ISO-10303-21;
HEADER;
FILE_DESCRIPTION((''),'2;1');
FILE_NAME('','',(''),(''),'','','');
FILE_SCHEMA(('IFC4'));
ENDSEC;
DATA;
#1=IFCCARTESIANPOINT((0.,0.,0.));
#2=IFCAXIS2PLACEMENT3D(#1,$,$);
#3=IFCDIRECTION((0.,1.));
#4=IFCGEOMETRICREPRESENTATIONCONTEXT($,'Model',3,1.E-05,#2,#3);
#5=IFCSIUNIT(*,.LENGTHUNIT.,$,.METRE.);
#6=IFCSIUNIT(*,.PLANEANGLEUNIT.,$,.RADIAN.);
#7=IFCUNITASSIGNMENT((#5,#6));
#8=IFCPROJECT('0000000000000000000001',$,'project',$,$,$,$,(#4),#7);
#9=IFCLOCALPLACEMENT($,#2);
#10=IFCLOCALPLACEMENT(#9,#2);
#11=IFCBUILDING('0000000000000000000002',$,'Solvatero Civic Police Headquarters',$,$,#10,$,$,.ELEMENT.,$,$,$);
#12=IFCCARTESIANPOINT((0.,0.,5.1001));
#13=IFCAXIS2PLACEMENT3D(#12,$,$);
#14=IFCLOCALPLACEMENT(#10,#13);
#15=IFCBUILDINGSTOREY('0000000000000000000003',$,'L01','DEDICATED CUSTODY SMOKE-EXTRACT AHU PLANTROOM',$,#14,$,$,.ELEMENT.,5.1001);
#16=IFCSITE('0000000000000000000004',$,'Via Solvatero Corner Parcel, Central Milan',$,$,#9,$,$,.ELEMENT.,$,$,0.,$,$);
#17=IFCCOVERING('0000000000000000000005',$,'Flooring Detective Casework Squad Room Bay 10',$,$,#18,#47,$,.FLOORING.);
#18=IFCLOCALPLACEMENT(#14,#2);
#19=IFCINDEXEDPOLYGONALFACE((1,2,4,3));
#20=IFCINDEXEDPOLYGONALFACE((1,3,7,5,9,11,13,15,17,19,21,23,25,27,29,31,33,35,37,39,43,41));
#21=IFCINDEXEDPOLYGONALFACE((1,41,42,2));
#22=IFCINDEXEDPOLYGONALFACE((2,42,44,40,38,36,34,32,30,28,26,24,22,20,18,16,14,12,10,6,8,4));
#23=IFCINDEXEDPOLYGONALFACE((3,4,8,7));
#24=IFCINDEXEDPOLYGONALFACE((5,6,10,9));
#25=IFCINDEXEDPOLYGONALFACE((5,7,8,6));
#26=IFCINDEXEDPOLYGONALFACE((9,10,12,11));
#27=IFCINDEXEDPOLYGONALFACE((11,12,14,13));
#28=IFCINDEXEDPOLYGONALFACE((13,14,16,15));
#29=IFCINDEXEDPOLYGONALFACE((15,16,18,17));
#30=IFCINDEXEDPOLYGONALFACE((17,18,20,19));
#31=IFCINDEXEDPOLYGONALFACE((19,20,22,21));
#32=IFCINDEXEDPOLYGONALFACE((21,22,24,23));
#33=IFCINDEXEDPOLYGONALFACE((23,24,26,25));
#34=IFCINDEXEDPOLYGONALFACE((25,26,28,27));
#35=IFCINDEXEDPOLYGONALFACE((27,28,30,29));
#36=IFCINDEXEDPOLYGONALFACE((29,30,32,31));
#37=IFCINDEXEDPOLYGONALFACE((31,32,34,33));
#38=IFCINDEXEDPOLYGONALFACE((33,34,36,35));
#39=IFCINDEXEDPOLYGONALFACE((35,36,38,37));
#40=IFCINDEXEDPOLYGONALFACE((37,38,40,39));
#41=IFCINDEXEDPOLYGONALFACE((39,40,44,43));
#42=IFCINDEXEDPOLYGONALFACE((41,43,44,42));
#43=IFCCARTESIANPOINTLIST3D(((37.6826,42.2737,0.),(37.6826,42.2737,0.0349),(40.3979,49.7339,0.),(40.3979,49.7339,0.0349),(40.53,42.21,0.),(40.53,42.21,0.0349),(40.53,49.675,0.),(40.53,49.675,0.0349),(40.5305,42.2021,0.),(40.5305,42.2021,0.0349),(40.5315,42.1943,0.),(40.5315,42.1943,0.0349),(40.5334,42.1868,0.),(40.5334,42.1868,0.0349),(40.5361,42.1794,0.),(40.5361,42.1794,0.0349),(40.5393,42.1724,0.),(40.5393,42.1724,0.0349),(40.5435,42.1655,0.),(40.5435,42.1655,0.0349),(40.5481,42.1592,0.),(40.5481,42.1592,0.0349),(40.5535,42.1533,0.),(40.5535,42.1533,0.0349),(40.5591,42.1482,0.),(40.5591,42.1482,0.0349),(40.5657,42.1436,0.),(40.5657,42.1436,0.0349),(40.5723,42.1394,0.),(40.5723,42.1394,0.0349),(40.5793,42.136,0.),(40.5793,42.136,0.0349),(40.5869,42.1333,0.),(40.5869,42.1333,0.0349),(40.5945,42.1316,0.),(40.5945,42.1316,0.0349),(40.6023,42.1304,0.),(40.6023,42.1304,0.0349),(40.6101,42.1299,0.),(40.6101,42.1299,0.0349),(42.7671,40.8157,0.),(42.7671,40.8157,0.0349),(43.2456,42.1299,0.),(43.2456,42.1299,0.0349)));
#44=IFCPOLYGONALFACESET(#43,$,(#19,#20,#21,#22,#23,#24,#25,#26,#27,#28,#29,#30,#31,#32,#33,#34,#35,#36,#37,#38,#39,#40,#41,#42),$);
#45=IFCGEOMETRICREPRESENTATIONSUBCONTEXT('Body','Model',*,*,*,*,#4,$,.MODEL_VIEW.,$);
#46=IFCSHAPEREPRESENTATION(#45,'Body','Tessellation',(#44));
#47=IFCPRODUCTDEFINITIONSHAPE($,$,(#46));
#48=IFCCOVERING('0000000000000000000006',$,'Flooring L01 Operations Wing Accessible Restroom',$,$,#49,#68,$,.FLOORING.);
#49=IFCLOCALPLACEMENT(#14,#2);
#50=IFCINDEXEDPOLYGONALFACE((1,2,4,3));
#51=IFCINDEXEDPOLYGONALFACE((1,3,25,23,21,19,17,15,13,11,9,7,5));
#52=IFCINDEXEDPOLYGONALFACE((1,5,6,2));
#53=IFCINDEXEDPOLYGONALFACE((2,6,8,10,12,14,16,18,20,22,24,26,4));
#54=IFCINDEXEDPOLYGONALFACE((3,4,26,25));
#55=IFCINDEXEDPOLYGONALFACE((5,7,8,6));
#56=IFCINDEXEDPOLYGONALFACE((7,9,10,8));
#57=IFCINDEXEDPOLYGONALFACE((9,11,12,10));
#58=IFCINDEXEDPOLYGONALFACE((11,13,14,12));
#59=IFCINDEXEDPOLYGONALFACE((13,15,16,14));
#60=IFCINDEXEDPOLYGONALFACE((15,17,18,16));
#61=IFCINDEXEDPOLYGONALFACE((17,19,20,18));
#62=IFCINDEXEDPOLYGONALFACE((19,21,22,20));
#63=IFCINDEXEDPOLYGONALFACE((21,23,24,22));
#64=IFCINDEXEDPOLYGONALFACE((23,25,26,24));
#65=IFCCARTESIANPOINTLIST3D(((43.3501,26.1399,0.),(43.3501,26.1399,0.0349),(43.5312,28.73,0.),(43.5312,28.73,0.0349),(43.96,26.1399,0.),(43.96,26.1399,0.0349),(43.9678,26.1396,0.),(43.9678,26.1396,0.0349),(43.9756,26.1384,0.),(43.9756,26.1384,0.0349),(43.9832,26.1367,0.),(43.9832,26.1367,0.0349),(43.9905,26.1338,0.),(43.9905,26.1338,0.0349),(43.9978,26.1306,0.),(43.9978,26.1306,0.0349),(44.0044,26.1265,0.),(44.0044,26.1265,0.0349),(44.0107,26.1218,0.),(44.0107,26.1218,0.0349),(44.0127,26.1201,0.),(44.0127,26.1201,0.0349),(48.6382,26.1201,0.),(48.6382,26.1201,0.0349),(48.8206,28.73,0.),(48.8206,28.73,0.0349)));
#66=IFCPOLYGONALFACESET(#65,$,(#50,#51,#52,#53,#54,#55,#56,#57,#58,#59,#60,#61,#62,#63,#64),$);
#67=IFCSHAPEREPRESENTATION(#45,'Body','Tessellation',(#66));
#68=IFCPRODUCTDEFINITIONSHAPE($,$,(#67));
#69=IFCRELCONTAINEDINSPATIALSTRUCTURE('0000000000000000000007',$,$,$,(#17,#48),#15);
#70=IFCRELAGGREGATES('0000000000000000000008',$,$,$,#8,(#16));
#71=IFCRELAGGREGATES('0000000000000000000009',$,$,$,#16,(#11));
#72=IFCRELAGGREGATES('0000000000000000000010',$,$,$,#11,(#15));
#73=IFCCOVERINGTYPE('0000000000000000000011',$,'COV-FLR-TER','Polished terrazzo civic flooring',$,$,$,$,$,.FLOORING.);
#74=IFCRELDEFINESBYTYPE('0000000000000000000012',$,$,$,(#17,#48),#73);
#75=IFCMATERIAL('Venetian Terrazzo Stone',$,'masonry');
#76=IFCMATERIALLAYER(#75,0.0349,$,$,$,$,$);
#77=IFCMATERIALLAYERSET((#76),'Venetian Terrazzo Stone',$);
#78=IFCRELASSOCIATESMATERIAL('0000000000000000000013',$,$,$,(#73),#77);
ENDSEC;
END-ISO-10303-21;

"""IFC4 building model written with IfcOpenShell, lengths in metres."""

from ifc_helpers import new_model, si_unit, direction, frame, origin, place, context, subcontext, project, spatial, polyline, outline, extrude, material, layer, layer_set, type_object, element, save


model = new_model("IFC4")

# Units and contexts
model_context = context("Model", 3, precision=1e-05, world=origin(), true_north=direction((0.0, 1.0)))
body_context = subcontext(model_context, "Body", "Model", "MODEL_VIEW")
ifc_project = project(units=[si_unit("LENGTHUNIT", "METRE"), si_unit("PLANEANGLEUNIT", "RADIAN")], contexts=[model_context])

# Site, building, storey
site_placement = place(None, origin())
site = spatial("IfcSite", under=ifc_project, at=site_placement, Name="Via Solvatero Corner Parcel, Central Milan", CompositionType="ELEMENT", RefElevation=0.0)
building_placement = place(site_placement, origin())
building = spatial("IfcBuilding", under=site, at=building_placement, Name="Solvatero Civic Police Headquarters", CompositionType="ELEMENT")
storey_placement = place(building_placement, frame((0.0, 0.0, 5.1001)))
storey = spatial("IfcBuildingStorey", under=building, at=storey_placement, Name="L01", Description="DEDICATED CUSTODY SMOKE-EXTRACT AHU PLANTROOM", CompositionType="ELEMENT", Elevation=5.1001)

# Coverings
ifc_material_1 = material(Name="Venetian Terrazzo Stone", Category="masonry")
ifc_layer_1 = layer(ifc_material_1, 0.0349)
ifc_layer_set_1 = layer_set([ifc_layer_1], Name="Venetian Terrazzo Stone")
covering_type_1 = type_object("IfcCoveringType", Name="COV-FLR-TER", Description="Polished terrazzo civic flooring", PredefinedType="FLOORING", material=ifc_layer_set_1)
covering_1_placement = place(storey_placement, origin())
element("IfcCovering", 1, at=covering_1_placement, inside=storey, type_object=covering_type_1, Name="Flooring Detective Casework Squad Room Bay 10", PredefinedType="FLOORING", context=body_context, shape_type="SweptSolid", body=[
    extrude(outline(polyline([(40.53, 49.675), (40.53, 42.21), (40.5305, 42.2021), (40.5315, 42.1943), (40.5334, 42.1868), (40.5361, 42.1794), (40.5393, 42.1724), (40.5435, 42.1655), (40.5481, 42.1592), (40.5535, 42.1533), (40.5591, 42.1482), (40.5657, 42.1436), (40.5723, 42.1394), (40.5793, 42.136), (40.5869, 42.1333), (40.5945, 42.1316), (40.6023, 42.1304), (40.6101, 42.1299), (43.2456, 42.1299), (42.7671, 40.8157), (37.6826, 42.2737), (40.3979, 49.7339), (40.53, 49.675)])), origin(), (0.0, 0.0, 1.0), 0.0349),
])
covering_2_placement = place(storey_placement, origin())
element("IfcCovering", 2, at=covering_2_placement, inside=storey, type_object=covering_type_1, Name="Flooring L01 Operations Wing Accessible Restroom", PredefinedType="FLOORING", context=body_context, shape_type="SweptSolid", body=[
    extrude(outline(polyline([(44.0127, 26.1201), (44.0107, 26.1218), (44.0044, 26.1265), (43.9978, 26.1306), (43.9905, 26.1338), (43.9832, 26.1367), (43.9756, 26.1384), (43.9678, 26.1396), (43.96, 26.1399), (43.3501, 26.1399), (43.5312, 28.73), (48.8206, 28.73), (48.6382, 26.1201), (44.0127, 26.1201)])), origin(), (0.0, 0.0, 1.0), 0.0349),
])

save(model, "model.ifc")
